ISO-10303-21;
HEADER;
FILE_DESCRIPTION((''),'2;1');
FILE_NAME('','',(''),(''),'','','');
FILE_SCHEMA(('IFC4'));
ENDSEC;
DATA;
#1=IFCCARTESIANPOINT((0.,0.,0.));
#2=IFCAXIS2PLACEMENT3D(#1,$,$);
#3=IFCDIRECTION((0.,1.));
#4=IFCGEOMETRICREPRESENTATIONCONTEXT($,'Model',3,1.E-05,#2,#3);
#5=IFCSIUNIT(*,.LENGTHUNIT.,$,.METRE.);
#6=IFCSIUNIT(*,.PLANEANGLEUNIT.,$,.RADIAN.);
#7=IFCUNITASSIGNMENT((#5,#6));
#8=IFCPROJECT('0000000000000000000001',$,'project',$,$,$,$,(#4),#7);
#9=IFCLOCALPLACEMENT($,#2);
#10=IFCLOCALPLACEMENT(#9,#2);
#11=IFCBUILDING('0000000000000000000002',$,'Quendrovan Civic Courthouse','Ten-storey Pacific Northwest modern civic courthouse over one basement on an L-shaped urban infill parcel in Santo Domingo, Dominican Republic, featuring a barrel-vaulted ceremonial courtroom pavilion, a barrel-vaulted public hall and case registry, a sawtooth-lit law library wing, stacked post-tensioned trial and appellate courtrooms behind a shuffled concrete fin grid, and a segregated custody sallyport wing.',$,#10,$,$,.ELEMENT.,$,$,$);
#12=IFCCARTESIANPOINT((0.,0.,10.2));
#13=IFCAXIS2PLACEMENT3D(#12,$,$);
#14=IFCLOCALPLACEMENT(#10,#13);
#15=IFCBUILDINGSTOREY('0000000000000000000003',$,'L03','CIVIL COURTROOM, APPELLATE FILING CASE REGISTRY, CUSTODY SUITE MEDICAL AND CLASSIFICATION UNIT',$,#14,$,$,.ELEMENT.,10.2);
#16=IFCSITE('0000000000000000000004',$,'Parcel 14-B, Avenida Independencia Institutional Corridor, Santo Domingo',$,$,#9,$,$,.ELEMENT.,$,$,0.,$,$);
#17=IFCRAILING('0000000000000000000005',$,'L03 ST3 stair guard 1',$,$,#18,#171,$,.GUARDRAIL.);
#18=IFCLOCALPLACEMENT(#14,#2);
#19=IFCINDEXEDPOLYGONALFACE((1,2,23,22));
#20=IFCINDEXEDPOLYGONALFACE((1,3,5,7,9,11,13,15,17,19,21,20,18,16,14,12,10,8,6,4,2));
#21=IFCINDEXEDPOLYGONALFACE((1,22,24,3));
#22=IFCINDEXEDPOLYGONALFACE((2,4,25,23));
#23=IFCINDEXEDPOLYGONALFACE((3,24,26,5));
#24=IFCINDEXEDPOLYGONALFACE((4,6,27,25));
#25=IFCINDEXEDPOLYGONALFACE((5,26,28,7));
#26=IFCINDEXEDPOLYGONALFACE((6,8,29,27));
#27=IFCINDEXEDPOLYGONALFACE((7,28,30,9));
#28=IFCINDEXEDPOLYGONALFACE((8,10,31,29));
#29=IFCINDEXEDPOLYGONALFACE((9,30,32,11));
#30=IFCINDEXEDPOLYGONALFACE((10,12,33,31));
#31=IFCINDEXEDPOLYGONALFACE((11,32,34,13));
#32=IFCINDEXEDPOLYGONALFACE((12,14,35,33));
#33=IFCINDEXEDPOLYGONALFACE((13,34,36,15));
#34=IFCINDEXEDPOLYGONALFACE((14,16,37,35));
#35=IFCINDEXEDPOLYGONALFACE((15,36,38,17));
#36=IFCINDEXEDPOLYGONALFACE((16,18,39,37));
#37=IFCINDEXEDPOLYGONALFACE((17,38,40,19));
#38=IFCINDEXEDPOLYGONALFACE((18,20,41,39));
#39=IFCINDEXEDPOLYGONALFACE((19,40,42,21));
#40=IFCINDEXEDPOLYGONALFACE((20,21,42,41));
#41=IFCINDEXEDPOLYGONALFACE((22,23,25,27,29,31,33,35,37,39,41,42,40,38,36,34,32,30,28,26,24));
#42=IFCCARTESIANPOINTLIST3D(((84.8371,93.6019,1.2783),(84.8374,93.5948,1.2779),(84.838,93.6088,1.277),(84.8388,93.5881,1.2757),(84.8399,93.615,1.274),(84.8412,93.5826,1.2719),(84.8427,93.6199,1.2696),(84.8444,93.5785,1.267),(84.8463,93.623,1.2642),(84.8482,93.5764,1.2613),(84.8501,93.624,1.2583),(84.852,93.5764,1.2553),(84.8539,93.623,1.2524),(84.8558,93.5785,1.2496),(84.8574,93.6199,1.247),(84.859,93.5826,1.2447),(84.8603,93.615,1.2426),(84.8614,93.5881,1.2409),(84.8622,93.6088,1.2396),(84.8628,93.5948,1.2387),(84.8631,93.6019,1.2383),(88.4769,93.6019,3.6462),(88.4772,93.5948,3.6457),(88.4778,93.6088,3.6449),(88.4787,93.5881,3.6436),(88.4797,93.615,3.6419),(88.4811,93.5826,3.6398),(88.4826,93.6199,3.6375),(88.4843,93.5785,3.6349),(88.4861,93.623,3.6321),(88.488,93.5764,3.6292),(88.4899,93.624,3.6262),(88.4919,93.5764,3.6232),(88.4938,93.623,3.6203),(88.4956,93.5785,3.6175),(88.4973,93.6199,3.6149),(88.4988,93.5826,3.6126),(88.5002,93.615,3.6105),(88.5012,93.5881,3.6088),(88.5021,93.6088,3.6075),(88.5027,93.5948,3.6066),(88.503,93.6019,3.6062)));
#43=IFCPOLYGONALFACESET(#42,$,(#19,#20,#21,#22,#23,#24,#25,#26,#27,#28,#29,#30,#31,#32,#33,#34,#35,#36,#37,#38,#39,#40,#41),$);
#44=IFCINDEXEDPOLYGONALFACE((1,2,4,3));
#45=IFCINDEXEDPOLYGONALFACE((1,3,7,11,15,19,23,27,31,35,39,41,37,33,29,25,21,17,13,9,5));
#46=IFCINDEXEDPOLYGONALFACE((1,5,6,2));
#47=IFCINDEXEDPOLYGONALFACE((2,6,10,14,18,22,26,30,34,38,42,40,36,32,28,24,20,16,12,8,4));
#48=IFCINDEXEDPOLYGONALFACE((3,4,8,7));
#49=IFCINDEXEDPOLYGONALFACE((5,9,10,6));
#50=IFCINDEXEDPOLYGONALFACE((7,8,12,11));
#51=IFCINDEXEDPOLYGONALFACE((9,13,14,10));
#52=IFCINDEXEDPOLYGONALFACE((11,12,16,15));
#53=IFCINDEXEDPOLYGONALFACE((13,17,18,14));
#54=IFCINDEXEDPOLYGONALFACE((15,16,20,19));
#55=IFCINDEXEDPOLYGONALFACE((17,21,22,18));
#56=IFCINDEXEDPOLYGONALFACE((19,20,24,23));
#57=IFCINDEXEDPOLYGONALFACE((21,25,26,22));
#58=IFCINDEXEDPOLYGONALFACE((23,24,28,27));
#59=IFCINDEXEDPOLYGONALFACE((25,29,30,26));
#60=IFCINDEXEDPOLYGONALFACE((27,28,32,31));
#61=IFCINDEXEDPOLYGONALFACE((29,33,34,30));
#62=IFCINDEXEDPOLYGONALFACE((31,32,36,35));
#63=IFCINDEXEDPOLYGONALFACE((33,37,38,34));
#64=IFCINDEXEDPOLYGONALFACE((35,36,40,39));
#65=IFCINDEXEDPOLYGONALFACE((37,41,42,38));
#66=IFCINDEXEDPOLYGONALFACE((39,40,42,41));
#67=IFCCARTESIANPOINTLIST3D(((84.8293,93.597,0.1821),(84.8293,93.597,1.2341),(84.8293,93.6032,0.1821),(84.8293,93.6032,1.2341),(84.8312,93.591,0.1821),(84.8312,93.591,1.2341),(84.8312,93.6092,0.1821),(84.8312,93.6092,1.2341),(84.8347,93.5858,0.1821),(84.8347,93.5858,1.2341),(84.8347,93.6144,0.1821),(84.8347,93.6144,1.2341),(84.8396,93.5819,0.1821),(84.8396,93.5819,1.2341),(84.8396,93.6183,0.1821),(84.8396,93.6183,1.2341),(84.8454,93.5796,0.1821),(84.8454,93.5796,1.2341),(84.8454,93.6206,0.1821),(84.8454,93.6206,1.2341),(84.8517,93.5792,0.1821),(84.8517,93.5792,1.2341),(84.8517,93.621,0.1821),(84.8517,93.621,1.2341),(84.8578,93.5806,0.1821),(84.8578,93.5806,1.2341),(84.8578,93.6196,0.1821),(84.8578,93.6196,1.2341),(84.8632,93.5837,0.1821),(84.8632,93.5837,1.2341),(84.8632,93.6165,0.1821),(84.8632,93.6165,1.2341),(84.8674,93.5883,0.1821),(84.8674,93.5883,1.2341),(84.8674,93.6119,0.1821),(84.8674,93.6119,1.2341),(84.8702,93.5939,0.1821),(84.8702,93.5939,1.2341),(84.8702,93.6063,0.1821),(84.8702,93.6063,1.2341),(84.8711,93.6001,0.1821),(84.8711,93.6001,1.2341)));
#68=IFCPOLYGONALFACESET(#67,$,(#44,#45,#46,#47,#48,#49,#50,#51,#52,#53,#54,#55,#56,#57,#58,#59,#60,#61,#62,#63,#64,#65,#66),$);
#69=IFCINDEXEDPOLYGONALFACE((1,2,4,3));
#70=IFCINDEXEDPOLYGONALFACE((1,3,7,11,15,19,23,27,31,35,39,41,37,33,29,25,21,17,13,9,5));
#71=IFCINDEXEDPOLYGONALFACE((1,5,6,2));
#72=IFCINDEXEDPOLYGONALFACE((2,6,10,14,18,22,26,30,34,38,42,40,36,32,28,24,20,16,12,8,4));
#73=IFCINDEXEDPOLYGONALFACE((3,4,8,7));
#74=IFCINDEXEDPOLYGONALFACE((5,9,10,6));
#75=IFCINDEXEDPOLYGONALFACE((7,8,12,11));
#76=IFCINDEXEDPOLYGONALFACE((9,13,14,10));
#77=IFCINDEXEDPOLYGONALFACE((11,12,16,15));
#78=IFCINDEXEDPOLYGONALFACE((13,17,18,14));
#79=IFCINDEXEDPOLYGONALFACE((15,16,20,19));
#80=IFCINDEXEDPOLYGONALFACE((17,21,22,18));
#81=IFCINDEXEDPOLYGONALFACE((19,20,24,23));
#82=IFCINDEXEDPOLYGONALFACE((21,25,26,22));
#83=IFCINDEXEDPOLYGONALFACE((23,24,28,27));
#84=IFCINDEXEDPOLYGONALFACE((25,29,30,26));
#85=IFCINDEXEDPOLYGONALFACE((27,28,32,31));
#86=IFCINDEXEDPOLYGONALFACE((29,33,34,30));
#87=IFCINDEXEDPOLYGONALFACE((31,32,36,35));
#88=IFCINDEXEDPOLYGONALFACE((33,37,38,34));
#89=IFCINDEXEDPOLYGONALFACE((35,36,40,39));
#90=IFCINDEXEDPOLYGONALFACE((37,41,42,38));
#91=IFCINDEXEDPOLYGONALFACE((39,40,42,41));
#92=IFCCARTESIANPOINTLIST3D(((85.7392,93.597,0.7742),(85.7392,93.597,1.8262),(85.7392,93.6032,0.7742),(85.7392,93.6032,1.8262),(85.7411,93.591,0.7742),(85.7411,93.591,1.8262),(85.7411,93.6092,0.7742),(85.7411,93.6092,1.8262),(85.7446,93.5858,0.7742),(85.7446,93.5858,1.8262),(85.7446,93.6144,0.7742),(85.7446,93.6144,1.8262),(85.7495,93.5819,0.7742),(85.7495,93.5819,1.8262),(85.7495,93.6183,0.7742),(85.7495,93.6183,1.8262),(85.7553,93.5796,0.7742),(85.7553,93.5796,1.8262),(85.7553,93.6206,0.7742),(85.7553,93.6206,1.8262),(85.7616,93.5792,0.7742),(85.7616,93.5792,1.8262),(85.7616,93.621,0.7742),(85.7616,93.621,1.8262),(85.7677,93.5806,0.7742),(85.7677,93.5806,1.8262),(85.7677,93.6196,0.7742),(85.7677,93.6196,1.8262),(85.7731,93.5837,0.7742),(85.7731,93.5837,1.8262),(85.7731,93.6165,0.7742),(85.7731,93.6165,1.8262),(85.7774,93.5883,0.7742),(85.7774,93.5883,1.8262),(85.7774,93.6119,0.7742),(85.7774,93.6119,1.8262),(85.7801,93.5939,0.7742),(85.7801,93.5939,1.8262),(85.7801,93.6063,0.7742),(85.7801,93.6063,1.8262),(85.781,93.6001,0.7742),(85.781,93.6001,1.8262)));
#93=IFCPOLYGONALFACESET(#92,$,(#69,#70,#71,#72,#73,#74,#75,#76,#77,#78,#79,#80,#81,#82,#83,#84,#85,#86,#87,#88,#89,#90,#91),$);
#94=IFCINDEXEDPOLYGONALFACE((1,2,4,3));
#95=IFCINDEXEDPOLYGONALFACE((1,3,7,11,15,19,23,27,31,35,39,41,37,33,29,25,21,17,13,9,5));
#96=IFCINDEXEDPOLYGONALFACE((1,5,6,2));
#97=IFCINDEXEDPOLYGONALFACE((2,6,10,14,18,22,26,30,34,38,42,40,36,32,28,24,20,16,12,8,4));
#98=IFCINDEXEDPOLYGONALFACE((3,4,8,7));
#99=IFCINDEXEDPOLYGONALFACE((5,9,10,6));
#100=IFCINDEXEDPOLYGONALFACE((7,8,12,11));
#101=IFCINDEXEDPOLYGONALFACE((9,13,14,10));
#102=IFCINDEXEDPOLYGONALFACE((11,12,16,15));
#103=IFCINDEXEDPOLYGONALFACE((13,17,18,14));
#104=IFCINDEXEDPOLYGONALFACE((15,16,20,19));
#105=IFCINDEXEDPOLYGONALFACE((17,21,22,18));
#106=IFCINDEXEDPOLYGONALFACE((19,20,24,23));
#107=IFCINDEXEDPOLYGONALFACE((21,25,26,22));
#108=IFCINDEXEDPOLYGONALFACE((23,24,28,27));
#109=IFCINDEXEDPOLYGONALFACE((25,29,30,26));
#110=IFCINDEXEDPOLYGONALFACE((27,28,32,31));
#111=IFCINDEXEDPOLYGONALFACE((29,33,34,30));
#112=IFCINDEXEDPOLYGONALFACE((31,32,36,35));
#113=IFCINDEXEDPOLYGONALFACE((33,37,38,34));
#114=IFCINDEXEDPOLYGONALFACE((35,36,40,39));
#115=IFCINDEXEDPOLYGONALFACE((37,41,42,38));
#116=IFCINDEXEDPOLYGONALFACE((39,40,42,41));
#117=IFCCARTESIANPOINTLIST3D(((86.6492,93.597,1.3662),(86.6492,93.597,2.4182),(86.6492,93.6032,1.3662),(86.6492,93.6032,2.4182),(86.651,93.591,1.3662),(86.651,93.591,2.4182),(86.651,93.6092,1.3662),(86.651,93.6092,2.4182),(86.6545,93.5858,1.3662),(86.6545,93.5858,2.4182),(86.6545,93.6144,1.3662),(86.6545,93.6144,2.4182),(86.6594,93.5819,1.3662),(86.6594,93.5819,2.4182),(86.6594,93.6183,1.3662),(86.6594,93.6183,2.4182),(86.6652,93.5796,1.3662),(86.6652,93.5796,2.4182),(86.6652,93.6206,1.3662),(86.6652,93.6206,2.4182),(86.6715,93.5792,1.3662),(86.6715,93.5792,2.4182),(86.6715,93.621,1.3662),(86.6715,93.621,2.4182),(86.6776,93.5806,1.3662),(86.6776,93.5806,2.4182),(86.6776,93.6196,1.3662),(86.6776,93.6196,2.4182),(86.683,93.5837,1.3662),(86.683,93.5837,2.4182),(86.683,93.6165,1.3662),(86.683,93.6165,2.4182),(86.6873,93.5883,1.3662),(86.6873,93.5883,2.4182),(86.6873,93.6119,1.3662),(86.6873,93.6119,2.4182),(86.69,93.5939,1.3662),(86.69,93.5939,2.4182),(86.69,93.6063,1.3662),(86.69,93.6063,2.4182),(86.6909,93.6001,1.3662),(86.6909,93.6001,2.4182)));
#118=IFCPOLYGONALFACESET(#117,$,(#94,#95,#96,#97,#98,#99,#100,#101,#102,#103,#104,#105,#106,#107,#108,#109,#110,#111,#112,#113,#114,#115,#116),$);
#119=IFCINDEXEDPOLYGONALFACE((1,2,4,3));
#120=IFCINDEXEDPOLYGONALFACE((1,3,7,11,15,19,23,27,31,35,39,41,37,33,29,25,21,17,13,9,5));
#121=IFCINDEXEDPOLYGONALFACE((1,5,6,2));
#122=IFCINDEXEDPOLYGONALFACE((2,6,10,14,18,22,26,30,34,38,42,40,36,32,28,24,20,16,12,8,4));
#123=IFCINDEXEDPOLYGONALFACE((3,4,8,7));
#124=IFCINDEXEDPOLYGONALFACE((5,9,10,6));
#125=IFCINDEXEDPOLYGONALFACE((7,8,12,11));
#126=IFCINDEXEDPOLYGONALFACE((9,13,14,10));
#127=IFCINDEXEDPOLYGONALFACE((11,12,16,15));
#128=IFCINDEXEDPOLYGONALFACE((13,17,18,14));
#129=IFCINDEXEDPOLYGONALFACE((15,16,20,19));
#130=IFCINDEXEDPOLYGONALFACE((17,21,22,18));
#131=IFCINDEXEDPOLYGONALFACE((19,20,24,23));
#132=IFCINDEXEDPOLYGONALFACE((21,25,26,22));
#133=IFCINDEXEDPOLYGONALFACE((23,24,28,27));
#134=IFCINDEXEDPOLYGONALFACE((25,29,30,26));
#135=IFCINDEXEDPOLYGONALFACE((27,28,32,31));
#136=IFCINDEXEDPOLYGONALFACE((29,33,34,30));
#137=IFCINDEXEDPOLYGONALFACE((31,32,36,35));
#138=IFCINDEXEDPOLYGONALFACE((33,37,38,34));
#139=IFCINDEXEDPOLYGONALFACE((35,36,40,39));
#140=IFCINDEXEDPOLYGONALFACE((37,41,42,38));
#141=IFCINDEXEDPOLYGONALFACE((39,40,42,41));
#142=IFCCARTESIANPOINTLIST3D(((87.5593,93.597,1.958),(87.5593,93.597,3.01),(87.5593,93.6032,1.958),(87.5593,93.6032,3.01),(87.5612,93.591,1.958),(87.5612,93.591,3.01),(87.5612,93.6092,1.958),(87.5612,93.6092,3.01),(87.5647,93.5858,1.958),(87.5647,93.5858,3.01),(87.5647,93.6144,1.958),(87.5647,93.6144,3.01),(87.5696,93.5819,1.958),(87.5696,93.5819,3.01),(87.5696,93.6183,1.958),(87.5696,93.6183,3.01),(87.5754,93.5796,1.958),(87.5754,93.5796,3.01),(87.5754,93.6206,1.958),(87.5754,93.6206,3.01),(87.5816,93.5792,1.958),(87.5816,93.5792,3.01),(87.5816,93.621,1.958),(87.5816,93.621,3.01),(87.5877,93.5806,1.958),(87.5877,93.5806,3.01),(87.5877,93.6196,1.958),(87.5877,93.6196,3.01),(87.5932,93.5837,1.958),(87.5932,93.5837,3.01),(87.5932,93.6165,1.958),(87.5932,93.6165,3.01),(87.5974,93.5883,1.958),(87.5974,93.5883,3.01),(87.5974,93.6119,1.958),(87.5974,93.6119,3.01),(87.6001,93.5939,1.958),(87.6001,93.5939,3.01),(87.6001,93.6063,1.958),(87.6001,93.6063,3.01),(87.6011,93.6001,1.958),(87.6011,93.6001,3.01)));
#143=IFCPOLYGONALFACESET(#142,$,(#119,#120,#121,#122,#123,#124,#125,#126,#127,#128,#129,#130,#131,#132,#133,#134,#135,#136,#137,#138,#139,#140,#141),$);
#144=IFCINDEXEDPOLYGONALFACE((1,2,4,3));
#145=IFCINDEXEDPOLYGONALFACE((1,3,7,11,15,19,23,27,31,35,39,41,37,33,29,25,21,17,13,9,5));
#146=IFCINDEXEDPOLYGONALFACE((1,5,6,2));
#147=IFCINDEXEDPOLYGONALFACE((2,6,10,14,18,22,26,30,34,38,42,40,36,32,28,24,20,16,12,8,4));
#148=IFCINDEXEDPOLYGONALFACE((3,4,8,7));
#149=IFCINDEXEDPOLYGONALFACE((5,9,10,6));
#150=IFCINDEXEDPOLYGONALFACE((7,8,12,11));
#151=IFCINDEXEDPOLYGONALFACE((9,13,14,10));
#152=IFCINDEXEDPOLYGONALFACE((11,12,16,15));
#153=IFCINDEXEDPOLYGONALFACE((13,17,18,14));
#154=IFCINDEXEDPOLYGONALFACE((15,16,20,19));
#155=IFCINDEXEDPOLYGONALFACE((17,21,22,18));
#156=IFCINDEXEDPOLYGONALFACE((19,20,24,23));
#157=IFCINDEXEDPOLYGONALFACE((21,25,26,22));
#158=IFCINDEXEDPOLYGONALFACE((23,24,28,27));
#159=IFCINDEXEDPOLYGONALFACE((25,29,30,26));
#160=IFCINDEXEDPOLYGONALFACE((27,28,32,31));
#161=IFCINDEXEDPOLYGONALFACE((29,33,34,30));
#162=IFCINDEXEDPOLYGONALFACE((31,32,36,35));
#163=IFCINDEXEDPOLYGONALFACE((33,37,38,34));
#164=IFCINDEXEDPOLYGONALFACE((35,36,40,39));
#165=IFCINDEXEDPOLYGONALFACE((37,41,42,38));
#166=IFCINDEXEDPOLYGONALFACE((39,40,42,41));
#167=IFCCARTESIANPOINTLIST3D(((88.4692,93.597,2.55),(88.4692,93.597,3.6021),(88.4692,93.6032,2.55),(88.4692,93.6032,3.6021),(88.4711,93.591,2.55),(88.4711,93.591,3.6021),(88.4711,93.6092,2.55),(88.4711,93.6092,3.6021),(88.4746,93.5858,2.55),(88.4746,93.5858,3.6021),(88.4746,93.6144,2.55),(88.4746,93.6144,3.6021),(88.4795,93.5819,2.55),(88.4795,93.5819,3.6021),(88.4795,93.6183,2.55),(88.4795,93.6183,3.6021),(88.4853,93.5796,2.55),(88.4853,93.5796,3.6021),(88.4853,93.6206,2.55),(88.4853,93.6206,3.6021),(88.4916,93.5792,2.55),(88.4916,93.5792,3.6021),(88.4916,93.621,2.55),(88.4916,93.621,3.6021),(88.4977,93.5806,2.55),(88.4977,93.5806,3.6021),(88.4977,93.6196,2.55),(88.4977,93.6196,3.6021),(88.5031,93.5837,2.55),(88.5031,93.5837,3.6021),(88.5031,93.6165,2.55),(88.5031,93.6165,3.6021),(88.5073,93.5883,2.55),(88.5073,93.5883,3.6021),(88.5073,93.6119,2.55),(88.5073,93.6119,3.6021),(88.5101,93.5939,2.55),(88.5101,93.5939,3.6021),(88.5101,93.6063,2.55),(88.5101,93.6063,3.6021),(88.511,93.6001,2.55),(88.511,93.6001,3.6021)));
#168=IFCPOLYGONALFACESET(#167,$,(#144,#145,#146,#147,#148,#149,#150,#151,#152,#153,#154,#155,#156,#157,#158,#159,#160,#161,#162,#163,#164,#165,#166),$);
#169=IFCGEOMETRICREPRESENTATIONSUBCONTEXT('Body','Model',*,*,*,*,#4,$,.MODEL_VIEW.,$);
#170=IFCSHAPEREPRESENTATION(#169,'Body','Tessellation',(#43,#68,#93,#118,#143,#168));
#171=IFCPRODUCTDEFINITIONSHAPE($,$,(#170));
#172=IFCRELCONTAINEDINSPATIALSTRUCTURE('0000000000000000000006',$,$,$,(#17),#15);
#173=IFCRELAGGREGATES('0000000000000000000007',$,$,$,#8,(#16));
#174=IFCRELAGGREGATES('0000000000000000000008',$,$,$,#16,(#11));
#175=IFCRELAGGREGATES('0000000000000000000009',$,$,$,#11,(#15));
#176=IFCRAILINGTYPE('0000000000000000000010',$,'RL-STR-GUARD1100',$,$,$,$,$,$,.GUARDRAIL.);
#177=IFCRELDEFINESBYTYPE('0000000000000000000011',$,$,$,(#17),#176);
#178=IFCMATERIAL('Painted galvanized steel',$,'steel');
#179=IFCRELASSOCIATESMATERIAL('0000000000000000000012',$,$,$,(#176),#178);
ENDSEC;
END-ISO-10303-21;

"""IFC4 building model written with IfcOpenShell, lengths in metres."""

from ifc_helpers import new_model, si_unit, direction, frame, origin, origin_2d, place, context, subcontext, project, spatial, circle, extrude, material, type_object, element, save


model = new_model("IFC4")

# Units and contexts
model_context = context("Model", 3, precision=1e-05, world=origin(), true_north=direction((0.0, 1.0)))
body_context = subcontext(model_context, "Body", "Model", "MODEL_VIEW")
ifc_project = project(units=[si_unit("LENGTHUNIT", "METRE"), si_unit("PLANEANGLEUNIT", "RADIAN")], contexts=[model_context])

# Site, building, storey
site_placement = place(None, origin())
site = spatial("IfcSite", under=ifc_project, at=site_placement, Name="Parcel 14-B, Avenida Independencia Institutional Corridor, Santo Domingo", CompositionType="ELEMENT", RefElevation=0.0)
building_placement = place(site_placement, origin())
building = spatial("IfcBuilding", under=site, at=building_placement, Name="Quendrovan Civic Courthouse", Description="Ten-storey Pacific Northwest modern civic courthouse over one basement on an L-shaped urban infill parcel in Santo Domingo, Dominican Republic, featuring a barrel-vaulted ceremonial courtroom pavilion, a barrel-vaulted public hall and case registry, a sawtooth-lit law library wing, stacked post-tensioned trial and appellate courtrooms behind a shuffled concrete fin grid, and a segregated custody sallyport wing.", CompositionType="ELEMENT")
storey_placement = place(building_placement, frame((0.0, 0.0, 10.2)))
storey = spatial("IfcBuildingStorey", under=building, at=storey_placement, Name="L03", Description="CIVIL COURTROOM, APPELLATE FILING CASE REGISTRY, CUSTODY SUITE MEDICAL AND CLASSIFICATION UNIT", CompositionType="ELEMENT", Elevation=10.2)

# Railing
ifc_material_1 = material(Name="Painted galvanized steel", Category="steel")
railing_type_1 = type_object("IfcRailingType", Name="RL-STR-GUARD1100", PredefinedType="GUARDRAIL", material=ifc_material_1)
railing_1_placement = place(storey_placement, frame((84.8501, 93.6001, 0.1821)))
element("IfcRailing", 1, at=railing_1_placement, inside=storey, type_object=railing_type_1, Name="L03 ST3 stair guard 1", PredefinedType="GUARDRAIL", context=body_context, shape_type="SweptSolid", body=[
    extrude(circle(Radius=0.0239, at=origin_2d()), frame((0.0, 0.0, 1.0762), z_axis=(0.838234, 0.0, 0.54531), x_axis=(0.0, 1.0, 0.0)), (0.0, 0.0, 1.0), 4.3423),
    extrude(circle(Radius=0.021, at=origin_2d()), origin(), (0.0, 0.0, 1.0), 1.052),
    extrude(circle(Radius=0.021, at=origin_2d()), frame((0.9099, 0.0, 0.592)), (0.0, 0.0, 1.0), 1.052),
    extrude(circle(Radius=0.021, at=origin_2d()), frame((1.8198, 0.0, 1.1841)), (0.0, 0.0, 1.0), 1.052),
    extrude(circle(Radius=0.021, at=origin_2d()), frame((2.73, 0.0, 1.7759)), (0.0, 0.0, 1.0), 1.052),
    extrude(circle(Radius=0.021, at=origin_2d()), frame((3.6399, 0.0, 2.3679)), (0.0, 0.0, 1.0), 1.052),
])

save(model, "model.ifc")
